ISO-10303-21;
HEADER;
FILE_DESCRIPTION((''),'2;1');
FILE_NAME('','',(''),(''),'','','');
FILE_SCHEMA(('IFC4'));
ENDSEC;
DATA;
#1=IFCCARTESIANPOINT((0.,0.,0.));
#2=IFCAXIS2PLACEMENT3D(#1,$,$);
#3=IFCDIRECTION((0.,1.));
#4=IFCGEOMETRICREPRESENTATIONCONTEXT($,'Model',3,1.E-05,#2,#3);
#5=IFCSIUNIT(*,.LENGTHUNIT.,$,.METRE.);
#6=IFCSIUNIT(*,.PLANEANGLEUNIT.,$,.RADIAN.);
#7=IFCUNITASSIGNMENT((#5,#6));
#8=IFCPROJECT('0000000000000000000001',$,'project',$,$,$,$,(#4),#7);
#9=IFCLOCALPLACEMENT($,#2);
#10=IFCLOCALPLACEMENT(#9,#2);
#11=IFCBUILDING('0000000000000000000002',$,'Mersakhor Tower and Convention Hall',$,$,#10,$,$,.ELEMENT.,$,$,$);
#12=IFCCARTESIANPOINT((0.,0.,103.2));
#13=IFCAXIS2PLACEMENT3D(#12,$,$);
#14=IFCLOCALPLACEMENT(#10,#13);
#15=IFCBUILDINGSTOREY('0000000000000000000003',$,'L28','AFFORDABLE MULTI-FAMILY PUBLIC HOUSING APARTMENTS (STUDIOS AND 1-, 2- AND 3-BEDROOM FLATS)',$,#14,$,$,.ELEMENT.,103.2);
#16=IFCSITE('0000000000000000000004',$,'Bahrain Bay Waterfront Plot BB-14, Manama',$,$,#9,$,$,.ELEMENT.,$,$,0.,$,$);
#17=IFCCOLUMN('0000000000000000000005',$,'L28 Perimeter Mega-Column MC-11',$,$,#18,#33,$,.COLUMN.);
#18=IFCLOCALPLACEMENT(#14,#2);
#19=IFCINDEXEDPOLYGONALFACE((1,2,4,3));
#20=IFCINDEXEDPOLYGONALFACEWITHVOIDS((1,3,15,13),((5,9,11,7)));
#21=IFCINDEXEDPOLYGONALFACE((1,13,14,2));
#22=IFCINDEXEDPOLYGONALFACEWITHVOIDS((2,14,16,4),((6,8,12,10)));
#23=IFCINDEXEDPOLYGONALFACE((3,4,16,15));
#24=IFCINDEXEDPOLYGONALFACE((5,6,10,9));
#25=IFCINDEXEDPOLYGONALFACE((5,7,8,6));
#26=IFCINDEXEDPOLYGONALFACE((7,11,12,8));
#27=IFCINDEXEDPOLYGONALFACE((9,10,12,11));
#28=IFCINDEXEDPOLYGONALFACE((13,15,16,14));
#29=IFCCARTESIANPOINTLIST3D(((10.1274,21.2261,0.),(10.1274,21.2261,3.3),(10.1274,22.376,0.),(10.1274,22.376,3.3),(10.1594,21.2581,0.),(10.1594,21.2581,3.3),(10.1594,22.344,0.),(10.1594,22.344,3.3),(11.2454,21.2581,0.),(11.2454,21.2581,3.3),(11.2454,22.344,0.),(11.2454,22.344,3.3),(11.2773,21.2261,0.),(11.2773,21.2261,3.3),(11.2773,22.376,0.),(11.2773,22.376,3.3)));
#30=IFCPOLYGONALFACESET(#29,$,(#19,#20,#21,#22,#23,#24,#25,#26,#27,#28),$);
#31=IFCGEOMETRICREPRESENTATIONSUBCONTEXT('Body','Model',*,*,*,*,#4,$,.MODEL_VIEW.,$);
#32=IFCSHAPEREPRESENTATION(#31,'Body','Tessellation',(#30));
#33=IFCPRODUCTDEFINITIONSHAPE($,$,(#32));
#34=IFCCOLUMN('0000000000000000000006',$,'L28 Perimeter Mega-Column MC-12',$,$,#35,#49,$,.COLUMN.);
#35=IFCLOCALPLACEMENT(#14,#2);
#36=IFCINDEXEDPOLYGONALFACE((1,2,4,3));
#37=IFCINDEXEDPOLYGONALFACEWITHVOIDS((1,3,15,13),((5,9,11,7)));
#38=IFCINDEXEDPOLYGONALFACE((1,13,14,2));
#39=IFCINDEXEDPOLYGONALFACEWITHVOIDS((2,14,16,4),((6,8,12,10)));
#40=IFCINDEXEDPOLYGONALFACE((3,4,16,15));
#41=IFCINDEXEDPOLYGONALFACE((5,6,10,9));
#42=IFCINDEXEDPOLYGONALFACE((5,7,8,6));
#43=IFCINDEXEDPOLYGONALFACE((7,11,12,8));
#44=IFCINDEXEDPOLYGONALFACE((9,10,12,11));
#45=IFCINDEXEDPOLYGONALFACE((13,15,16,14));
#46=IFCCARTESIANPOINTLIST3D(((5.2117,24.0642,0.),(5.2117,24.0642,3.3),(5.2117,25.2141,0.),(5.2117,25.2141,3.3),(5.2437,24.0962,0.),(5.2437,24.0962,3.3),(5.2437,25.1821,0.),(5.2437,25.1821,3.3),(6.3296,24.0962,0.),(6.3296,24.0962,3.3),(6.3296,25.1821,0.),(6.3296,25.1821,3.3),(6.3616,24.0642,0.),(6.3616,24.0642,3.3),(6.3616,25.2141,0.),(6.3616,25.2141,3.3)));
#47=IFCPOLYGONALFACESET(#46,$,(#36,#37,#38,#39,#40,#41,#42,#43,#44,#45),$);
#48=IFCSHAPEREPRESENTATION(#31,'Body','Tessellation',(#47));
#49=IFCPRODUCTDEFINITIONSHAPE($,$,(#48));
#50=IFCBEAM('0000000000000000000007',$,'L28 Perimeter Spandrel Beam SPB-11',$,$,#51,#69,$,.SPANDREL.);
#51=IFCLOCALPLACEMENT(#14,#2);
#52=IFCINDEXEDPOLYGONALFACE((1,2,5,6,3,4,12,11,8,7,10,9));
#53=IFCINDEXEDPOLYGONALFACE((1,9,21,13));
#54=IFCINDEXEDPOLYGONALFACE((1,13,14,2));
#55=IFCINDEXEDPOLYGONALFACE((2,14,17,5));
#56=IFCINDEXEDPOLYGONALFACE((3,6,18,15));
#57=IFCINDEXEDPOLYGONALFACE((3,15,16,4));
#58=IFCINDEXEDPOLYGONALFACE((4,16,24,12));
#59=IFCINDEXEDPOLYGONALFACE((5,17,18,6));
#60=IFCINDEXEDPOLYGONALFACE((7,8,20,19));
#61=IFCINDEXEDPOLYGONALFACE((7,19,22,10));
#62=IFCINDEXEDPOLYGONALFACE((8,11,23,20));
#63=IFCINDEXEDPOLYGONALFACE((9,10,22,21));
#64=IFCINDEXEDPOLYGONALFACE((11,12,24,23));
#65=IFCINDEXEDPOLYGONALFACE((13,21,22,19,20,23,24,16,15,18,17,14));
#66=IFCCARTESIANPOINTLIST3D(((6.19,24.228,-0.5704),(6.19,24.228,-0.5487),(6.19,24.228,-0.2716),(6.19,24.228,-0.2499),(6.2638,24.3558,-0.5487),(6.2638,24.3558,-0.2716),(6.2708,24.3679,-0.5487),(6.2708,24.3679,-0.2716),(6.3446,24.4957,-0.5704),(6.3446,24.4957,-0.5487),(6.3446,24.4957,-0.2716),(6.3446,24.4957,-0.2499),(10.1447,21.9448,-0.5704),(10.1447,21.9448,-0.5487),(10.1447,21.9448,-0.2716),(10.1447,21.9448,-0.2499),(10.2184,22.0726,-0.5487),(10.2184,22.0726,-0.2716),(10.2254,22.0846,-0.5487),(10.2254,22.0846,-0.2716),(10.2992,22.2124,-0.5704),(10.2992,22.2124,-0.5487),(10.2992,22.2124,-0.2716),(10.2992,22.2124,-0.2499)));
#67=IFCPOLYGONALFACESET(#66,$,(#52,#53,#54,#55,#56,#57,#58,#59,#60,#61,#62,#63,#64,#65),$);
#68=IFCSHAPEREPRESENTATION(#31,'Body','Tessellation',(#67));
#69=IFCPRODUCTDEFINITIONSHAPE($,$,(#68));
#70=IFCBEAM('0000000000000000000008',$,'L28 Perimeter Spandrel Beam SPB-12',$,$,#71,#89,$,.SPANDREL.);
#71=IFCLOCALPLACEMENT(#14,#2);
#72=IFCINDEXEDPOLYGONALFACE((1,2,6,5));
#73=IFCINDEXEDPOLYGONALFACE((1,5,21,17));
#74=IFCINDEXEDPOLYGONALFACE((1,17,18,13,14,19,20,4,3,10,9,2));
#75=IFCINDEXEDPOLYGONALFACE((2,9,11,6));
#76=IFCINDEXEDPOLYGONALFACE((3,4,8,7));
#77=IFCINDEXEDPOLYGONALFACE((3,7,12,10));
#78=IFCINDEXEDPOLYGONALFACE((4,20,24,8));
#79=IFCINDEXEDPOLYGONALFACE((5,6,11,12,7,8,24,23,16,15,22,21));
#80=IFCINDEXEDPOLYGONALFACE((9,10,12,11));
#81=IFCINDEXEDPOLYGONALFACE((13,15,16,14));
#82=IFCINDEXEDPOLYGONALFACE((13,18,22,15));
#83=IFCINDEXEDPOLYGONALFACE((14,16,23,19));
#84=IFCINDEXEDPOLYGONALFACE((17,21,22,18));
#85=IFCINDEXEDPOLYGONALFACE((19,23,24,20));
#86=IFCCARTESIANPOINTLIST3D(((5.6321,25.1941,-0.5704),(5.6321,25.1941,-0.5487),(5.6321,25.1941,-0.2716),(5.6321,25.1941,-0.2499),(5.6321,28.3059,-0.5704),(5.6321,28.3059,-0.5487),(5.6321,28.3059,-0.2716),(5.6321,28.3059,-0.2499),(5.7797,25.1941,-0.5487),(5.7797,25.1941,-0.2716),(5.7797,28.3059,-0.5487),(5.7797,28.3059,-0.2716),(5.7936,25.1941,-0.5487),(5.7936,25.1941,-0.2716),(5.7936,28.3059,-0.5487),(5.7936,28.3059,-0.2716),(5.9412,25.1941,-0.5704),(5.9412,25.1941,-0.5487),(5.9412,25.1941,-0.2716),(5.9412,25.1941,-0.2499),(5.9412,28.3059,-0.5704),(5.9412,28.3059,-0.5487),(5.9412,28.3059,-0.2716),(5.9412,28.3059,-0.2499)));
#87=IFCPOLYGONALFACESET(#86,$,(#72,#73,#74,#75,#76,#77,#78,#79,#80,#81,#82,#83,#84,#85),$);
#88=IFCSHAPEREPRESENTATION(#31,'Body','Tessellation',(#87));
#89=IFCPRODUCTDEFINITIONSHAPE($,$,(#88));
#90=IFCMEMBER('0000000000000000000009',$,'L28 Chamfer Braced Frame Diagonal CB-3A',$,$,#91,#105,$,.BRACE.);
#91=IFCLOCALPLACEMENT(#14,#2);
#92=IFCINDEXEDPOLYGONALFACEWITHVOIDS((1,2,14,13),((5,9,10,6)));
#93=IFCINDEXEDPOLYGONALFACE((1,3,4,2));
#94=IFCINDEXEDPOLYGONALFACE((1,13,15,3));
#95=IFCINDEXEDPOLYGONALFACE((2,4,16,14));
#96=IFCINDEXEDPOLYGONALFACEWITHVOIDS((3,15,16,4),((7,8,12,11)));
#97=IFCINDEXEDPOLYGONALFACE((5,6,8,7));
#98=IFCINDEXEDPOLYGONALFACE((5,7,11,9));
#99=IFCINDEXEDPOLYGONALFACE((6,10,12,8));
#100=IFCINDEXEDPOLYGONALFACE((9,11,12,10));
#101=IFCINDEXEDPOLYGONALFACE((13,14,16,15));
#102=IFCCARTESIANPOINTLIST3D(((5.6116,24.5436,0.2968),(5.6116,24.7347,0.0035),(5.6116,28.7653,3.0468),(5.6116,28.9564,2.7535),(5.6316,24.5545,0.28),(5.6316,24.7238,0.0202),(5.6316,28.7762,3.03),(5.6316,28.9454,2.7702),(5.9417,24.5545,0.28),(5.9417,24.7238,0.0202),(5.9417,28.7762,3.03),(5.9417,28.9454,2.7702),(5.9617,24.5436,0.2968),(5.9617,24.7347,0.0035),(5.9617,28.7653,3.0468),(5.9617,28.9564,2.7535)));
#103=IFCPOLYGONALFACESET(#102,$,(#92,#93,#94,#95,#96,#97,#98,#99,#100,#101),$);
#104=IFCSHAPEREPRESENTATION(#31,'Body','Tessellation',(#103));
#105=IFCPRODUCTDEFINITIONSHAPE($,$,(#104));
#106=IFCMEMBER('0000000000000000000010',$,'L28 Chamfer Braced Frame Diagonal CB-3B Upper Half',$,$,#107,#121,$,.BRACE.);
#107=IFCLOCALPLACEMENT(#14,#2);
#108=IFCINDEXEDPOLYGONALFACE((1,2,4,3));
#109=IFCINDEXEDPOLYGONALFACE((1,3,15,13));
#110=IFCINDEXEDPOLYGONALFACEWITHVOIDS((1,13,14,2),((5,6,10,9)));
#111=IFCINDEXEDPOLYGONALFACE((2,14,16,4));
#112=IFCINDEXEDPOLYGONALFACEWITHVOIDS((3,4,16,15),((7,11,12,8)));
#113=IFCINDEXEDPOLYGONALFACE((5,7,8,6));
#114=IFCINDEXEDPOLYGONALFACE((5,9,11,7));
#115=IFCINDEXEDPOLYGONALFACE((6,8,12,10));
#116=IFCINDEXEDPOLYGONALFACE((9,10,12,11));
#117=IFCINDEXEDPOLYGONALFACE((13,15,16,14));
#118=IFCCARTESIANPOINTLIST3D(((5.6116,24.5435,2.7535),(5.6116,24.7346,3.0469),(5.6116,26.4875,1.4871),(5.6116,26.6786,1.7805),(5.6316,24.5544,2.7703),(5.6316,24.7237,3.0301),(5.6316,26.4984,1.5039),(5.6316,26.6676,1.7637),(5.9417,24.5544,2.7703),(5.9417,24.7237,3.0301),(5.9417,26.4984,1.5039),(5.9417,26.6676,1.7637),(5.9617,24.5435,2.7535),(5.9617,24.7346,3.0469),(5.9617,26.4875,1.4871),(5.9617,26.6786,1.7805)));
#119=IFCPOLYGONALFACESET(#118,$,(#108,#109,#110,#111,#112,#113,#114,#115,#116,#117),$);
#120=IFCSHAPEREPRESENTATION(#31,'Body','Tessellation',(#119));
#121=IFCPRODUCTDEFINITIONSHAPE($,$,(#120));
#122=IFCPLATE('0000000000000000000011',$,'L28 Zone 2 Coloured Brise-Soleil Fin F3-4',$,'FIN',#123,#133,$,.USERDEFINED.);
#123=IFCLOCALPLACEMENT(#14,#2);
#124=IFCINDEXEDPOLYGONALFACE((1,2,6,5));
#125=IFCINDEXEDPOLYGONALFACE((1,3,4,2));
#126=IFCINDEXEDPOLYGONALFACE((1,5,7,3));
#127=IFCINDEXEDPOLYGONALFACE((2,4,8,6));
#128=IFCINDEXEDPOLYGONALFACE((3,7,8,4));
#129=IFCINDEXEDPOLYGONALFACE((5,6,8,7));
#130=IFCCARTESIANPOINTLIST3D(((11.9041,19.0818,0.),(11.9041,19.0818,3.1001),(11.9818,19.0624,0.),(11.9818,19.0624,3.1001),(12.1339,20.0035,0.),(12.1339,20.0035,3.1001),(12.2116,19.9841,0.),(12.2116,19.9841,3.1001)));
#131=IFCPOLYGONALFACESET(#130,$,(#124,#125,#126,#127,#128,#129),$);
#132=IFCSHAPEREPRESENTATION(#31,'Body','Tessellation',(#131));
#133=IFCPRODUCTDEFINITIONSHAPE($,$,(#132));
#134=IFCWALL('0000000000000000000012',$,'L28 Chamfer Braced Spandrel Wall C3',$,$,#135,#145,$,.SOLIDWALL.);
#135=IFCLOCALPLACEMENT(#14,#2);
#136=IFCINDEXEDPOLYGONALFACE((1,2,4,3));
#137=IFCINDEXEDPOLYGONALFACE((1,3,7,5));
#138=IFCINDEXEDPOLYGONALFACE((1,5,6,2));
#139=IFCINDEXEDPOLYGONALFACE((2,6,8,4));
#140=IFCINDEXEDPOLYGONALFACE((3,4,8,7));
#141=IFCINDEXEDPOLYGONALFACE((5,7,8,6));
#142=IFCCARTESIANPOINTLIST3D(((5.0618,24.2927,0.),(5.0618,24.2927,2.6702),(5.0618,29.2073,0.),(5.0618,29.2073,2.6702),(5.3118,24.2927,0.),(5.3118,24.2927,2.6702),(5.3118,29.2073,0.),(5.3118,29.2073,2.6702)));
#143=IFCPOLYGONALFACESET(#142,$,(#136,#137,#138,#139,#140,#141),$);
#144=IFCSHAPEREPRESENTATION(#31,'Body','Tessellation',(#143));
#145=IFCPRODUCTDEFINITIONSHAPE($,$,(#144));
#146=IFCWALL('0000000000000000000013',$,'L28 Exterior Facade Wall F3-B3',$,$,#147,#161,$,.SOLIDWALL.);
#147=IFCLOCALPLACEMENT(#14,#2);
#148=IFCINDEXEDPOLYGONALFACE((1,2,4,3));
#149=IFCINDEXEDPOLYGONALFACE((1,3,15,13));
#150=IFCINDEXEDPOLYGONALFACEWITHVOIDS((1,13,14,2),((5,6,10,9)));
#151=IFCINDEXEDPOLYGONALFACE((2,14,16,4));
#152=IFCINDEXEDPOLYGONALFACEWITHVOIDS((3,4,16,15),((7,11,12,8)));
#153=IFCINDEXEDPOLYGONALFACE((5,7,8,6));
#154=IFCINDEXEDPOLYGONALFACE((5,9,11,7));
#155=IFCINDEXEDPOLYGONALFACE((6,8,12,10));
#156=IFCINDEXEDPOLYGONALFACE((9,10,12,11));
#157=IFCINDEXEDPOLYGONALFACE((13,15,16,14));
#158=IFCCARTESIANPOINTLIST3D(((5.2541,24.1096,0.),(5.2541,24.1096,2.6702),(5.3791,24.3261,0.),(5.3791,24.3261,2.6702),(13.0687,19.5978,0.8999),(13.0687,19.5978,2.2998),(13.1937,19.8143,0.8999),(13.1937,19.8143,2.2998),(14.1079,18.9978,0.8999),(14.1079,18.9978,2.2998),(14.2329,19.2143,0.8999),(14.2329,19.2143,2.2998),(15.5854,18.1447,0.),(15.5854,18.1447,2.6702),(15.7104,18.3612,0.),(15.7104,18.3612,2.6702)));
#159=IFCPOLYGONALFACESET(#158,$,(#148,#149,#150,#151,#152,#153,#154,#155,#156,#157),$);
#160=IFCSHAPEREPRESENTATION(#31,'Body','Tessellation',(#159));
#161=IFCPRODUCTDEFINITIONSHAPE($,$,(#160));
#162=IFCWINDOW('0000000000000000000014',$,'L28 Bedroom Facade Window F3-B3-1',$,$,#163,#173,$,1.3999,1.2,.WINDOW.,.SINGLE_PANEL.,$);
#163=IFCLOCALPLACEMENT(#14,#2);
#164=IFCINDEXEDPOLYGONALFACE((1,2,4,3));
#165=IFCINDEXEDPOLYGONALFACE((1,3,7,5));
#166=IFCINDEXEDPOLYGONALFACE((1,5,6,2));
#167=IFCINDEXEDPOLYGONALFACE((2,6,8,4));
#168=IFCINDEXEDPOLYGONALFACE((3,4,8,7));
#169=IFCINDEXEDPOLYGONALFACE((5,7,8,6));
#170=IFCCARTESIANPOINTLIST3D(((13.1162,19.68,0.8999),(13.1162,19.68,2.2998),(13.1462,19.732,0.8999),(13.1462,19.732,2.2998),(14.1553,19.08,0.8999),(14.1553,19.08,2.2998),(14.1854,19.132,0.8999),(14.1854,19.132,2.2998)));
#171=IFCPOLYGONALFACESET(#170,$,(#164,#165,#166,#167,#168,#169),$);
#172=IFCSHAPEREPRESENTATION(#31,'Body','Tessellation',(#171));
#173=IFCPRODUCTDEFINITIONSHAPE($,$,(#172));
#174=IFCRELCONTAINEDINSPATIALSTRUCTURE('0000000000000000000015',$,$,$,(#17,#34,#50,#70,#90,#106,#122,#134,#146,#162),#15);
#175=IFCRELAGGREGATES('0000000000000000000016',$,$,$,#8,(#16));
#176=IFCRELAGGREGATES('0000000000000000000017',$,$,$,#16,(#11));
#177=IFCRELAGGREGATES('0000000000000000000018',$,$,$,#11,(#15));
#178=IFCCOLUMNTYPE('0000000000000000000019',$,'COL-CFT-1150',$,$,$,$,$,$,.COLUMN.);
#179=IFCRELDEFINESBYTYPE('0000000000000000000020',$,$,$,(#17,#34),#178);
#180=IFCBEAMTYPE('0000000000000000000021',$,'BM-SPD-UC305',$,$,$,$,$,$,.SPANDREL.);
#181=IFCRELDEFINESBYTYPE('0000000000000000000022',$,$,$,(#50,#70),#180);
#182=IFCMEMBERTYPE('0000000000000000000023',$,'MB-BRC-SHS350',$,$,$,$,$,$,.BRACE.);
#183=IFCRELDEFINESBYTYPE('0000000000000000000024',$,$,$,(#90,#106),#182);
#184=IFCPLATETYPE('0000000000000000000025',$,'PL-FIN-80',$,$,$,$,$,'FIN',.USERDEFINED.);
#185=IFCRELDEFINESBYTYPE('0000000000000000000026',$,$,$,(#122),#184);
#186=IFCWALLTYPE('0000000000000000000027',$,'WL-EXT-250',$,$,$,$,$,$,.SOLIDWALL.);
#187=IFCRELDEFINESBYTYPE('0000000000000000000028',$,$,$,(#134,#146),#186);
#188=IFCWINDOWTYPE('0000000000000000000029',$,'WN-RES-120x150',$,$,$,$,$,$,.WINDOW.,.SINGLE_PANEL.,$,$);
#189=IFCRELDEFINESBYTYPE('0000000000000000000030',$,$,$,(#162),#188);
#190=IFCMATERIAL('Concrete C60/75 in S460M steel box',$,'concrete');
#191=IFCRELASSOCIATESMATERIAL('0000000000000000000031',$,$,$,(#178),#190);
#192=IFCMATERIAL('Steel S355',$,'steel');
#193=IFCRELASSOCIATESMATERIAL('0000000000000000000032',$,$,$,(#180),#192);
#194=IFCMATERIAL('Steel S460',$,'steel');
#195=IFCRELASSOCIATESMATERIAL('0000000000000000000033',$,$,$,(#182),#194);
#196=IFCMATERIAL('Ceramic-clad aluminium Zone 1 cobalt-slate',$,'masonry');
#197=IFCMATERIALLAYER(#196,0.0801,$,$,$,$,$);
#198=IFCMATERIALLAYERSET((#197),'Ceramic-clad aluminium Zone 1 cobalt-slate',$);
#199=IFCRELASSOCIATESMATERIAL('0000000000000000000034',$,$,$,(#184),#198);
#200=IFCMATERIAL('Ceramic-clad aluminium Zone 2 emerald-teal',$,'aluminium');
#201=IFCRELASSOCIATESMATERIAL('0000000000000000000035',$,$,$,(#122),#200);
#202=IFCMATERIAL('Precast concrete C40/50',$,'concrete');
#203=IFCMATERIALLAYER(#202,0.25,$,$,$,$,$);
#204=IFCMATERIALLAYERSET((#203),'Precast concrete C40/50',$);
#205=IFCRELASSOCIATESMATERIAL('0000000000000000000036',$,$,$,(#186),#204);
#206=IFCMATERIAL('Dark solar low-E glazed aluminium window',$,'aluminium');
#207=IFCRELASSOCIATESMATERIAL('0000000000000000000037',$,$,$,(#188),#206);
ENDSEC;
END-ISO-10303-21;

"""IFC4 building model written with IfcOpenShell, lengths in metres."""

from ifc_helpers import new_model, si_unit, direction, frame, frame_2d, origin, origin_2d, place, context, subcontext, project, spatial, rectangle, hollow_rectangle, i_section, extrude, material, layer, layer_set, material_profile, profile_set, type_object, element, fill, save


model = new_model("IFC4")

# Units and contexts
model_context = context("Model", 3, precision=1e-05, world=origin(), true_north=direction((0.0, 1.0)))
body_context = subcontext(model_context, "Body", "Model", "MODEL_VIEW")
ifc_project = project(units=[si_unit("LENGTHUNIT", "METRE"), si_unit("PLANEANGLEUNIT", "RADIAN")], contexts=[model_context])

# Site, building, storey
site_placement = place(None, origin())
site = spatial("IfcSite", under=ifc_project, at=site_placement, Name="Bahrain Bay Waterfront Plot BB-14, Manama", CompositionType="ELEMENT", RefElevation=0.0)
building_placement = place(site_placement, origin())
building = spatial("IfcBuilding", under=site, at=building_placement, Name="Mersakhor Tower and Convention Hall", CompositionType="ELEMENT")
storey_placement = place(building_placement, frame((0.0, 0.0, 103.2)))
storey = spatial("IfcBuildingStorey", under=building, at=storey_placement, Name="L28", Description="AFFORDABLE MULTI-FAMILY PUBLIC HOUSING APARTMENTS (STUDIOS AND 1-, 2- AND 3-BEDROOM FLATS)", CompositionType="ELEMENT", Elevation=103.2)

# Columns
ifc_material_1 = material(Name="Concrete C60/75 in S460M steel box", Category="concrete")
ifc_material_profile_1 = material_profile(ifc_material_1, hollow_rectangle(XDim=1.1499, YDim=1.1499, WallThickness=0.032, at=origin_2d()), Name="SHS 1150x1150x32")
ifc_profile_set_1 = profile_set([ifc_material_profile_1], Name="Concrete C60/75 in S460M steel box")
column_type = type_object("IfcColumnType", Name="COL-CFT-1150", PredefinedType="COLUMN", material=ifc_profile_set_1)
for number, where, z_axis, x_axis, name in (
    (1, (10.7024, 21.801, 0.0), (0.0, 0.0, 1.0), (1.0, 0.0, 0.0), "L28 Perimeter Mega-Column MC-11"),
    (2, (5.7866, 24.6392, 0.0), (0.0, 0.0, 1.0), (1.0, 0.0, 0.0), "L28 Perimeter Mega-Column MC-12"),
):
    element("IfcColumn", number, at=place(storey_placement, frame(where, z_axis=z_axis, x_axis=x_axis)), inside=storey, type_object=column_type, Name=name, PredefinedType="COLUMN", context=body_context, shape_type="SweptSolid", body=[
        extrude(hollow_rectangle(XDim=1.1499, YDim=1.1499, WallThickness=0.032, at=origin_2d()), origin(), (0.0, 0.0, 1.0), 3.3),
    ])

# Beams
ifc_material_2 = material(Name="Steel S355", Category="steel")
ifc_material_profile_2 = material_profile(ifc_material_2, i_section(OverallWidth=0.3091, OverallDepth=0.3206, WebThickness=0.0139, FlangeThickness=0.0217, at=origin_2d()), Name="UC 305x305x137")
ifc_profile_set_2 = profile_set([ifc_material_profile_2], Name="Steel S355")
beam_type = type_object("IfcBeamType", Name="BM-SPD-UC305", PredefinedType="SPANDREL", material=ifc_profile_set_2)
beam_1_placement = place(storey_placement, frame((10.2219, 22.0786, -0.4102), z_axis=(-0.866024, 0.500003, 0.0), x_axis=(-0.500003, -0.866024, 0.0)))
element("IfcBeam", 3, at=beam_1_placement, inside=storey, type_object=beam_type, Name="L28 Perimeter Spandrel Beam SPB-11", PredefinedType="SPANDREL", context=body_context, shape_type="SweptSolid", body=[
    extrude(i_section(OverallWidth=0.3091, OverallDepth=0.3206, WebThickness=0.0139, FlangeThickness=0.0217, at=origin_2d()), origin(), (0.0, 0.0, 1.0), 4.5664),
])
beam_2_placement = place(storey_placement, frame((5.7866, 25.1941, -0.4102), z_axis=(0.0, 1.0, 0.0), x_axis=(-1.0, 0.0, 0.0)))
element("IfcBeam", 4, at=beam_2_placement, inside=storey, type_object=beam_type, Name="L28 Perimeter Spandrel Beam SPB-12", PredefinedType="SPANDREL", context=body_context, shape_type="SweptSolid", body=[
    extrude(i_section(OverallWidth=0.3091, OverallDepth=0.3206, WebThickness=0.0139, FlangeThickness=0.0217, at=origin_2d()), origin(), (0.0, 0.0, 1.0), 3.1118),
])

# Members
ifc_material_3 = material(Name="Steel S460", Category="steel")
ifc_material_profile_3 = material_profile(ifc_material_3, hollow_rectangle(XDim=0.3501, YDim=0.3501, WallThickness=0.02, at=origin_2d()), Name="SHS 350x350x20")
ifc_profile_set_3 = profile_set([ifc_material_profile_3], Name="Steel S460")
member_type = type_object("IfcMemberType", Name="MB-BRC-SHS350", PredefinedType="BRACE", material=ifc_profile_set_3)
member_1_placement = place(storey_placement, frame((5.7866, 24.6392, 0.1501), z_axis=(0.0, 0.837907, 0.545812), x_axis=(-1.0, 0.0, 0.0)))
element("IfcMember", 5, at=member_1_placement, inside=storey, type_object=member_type, Name="L28 Chamfer Braced Frame Diagonal CB-3A", PredefinedType="BRACE", context=body_context, shape_type="SweptSolid", body=[
    extrude(hollow_rectangle(XDim=0.3501, YDim=0.3501, WallThickness=0.02, at=origin_2d()), origin(), (0.0, 0.0, 1.0), 5.0383),
])
member_2_placement = place(storey_placement, frame((5.7866, 26.583, 1.6338), z_axis=(0.0, -0.837881, 0.545854), x_axis=(1.0, 0.0, 0.0)))
element("IfcMember", 6, at=member_2_placement, inside=storey, type_object=member_type, Name="L28 Chamfer Braced Frame Diagonal CB-3B Upper Half", PredefinedType="BRACE", context=body_context, shape_type="SweptSolid", body=[
    extrude(hollow_rectangle(XDim=0.3501, YDim=0.3501, WallThickness=0.02, at=origin_2d()), origin(), (0.0, 0.0, 1.0), 2.3201),
])

# Plate
ifc_material_4 = material(Name="Ceramic-clad aluminium Zone 2 emerald-teal", Category="aluminium")
ifc_material_5 = material(Name="Ceramic-clad aluminium Zone 1 cobalt-slate", Category="masonry")
ifc_layer_1 = layer(ifc_material_5, 0.0801)
ifc_layer_set_1 = layer_set([ifc_layer_1], Name="Ceramic-clad aluminium Zone 1 cobalt-slate")
plate_type = type_object("IfcPlateType", Name="PL-FIN-80", ElementType="FIN", PredefinedType="USERDEFINED", material=ifc_layer_set_1)
plate_placement = place(storey_placement, frame((12.0579, 19.533, 0.0), z_axis=(0.0, 0.0, 1.0), x_axis=(-0.241922, -0.970296, 0.0)))
element("IfcPlate", 7, at=plate_placement, inside=storey, type_object=plate_type, material=ifc_material_4, Name="L28 Zone 2 Coloured Brise-Soleil Fin F3-4", ObjectType="FIN", PredefinedType="USERDEFINED", context=body_context, shape_type="SweptSolid", body=[
    extrude(rectangle(XDim=0.95, YDim=0.0801, at=origin_2d()), origin(), (0.0, 0.0, 1.0), 3.1001),
])

# Wall
ifc_material_6 = material(Name="Precast concrete C40/50", Category="concrete")
ifc_layer_2 = layer(ifc_material_6, 0.25)
ifc_layer_set_2 = layer_set([ifc_layer_2], Name="Precast concrete C40/50")
wall_type_1 = type_object("IfcWallType", Name="WL-EXT-250", PredefinedType="SOLIDWALL", material=ifc_layer_set_2)
wall_1_placement = place(storey_placement, frame((5.1868, 24.2927, 0.0), z_axis=(0.0, 0.0, 1.0), x_axis=(0.0, 1.0, 0.0)))
element("IfcWall", 8, at=wall_1_placement, inside=storey, type_object=wall_type_1, Name="L28 Chamfer Braced Spandrel Wall C3", PredefinedType="SOLIDWALL", context=body_context, shape_type="SweptSolid", body=[
    extrude(rectangle(XDim=4.9146, YDim=0.25, at=frame_2d((2.4573, 0.0))), origin(), (0.0, 0.0, 1.0), 2.6702),
])

# Wall, opening, window
wall_2_placement = place(storey_placement, frame((15.6479, 18.2529, 0.0), z_axis=(0.0, 0.0, 1.0), x_axis=(-0.866023, 0.500004, 0.0)))
wall_2 = element("IfcWall", 9, at=wall_2_placement, inside=storey, type_object=wall_type_1, Name="L28 Exterior Facade Wall F3-B3", PredefinedType="SOLIDWALL", context=body_context, shape_type="SweptSolid", body=[
    extrude(rectangle(XDim=11.9297, YDim=0.25, at=frame_2d((5.9648, 0.0))), origin(), (0.0, 0.0, 1.0), 2.6702),
])
opening_1_placement = place(wall_2_placement, frame((1.7061, 0.0, 0.8999)))
opening_1 = element("IfcOpeningElement", 10, at=opening_1_placement, cuts=wall_2, PredefinedType="OPENING", context=body_context, shape_type="SweptSolid", body=[
    extrude(rectangle(XDim=1.2, YDim=1.3999, at=frame_2d((0.6001, 0.7))), frame((0.0, 0.135, 0.0), z_axis=(0.0, -1.0, 0.0), x_axis=(1.0, 0.0, 0.0)), (0.0, 0.0, 1.0), 0.27),
])
ifc_material_7 = material(Name="Dark solar low-E glazed aluminium window", Category="aluminium")
window_type = type_object("IfcWindowType", Name="WN-RES-120x150", PartitioningType="SINGLE_PANEL", PredefinedType="WINDOW", material=ifc_material_7)
window_placement = place(opening_1_placement, origin())
window = element("IfcWindow", 11, at=window_placement, inside=storey, type_object=window_type, Name="L28 Bedroom Facade Window F3-B3-1", OverallHeight=1.3999, OverallWidth=1.2, PartitioningType="SINGLE_PANEL", PredefinedType="WINDOW", context=body_context, shape_type="SweptSolid", body=[
    extrude(rectangle(XDim=1.2, YDim=1.3999, at=frame_2d((0.6001, 0.7))), frame((0.0, 0.03, 0.0), z_axis=(0.0, -1.0, 0.0), x_axis=(1.0, 0.0, 0.0)), (0.0, 0.0, 1.0), 0.0601),
])
fill(opening_1, window)

save(model, "model.ifc")
